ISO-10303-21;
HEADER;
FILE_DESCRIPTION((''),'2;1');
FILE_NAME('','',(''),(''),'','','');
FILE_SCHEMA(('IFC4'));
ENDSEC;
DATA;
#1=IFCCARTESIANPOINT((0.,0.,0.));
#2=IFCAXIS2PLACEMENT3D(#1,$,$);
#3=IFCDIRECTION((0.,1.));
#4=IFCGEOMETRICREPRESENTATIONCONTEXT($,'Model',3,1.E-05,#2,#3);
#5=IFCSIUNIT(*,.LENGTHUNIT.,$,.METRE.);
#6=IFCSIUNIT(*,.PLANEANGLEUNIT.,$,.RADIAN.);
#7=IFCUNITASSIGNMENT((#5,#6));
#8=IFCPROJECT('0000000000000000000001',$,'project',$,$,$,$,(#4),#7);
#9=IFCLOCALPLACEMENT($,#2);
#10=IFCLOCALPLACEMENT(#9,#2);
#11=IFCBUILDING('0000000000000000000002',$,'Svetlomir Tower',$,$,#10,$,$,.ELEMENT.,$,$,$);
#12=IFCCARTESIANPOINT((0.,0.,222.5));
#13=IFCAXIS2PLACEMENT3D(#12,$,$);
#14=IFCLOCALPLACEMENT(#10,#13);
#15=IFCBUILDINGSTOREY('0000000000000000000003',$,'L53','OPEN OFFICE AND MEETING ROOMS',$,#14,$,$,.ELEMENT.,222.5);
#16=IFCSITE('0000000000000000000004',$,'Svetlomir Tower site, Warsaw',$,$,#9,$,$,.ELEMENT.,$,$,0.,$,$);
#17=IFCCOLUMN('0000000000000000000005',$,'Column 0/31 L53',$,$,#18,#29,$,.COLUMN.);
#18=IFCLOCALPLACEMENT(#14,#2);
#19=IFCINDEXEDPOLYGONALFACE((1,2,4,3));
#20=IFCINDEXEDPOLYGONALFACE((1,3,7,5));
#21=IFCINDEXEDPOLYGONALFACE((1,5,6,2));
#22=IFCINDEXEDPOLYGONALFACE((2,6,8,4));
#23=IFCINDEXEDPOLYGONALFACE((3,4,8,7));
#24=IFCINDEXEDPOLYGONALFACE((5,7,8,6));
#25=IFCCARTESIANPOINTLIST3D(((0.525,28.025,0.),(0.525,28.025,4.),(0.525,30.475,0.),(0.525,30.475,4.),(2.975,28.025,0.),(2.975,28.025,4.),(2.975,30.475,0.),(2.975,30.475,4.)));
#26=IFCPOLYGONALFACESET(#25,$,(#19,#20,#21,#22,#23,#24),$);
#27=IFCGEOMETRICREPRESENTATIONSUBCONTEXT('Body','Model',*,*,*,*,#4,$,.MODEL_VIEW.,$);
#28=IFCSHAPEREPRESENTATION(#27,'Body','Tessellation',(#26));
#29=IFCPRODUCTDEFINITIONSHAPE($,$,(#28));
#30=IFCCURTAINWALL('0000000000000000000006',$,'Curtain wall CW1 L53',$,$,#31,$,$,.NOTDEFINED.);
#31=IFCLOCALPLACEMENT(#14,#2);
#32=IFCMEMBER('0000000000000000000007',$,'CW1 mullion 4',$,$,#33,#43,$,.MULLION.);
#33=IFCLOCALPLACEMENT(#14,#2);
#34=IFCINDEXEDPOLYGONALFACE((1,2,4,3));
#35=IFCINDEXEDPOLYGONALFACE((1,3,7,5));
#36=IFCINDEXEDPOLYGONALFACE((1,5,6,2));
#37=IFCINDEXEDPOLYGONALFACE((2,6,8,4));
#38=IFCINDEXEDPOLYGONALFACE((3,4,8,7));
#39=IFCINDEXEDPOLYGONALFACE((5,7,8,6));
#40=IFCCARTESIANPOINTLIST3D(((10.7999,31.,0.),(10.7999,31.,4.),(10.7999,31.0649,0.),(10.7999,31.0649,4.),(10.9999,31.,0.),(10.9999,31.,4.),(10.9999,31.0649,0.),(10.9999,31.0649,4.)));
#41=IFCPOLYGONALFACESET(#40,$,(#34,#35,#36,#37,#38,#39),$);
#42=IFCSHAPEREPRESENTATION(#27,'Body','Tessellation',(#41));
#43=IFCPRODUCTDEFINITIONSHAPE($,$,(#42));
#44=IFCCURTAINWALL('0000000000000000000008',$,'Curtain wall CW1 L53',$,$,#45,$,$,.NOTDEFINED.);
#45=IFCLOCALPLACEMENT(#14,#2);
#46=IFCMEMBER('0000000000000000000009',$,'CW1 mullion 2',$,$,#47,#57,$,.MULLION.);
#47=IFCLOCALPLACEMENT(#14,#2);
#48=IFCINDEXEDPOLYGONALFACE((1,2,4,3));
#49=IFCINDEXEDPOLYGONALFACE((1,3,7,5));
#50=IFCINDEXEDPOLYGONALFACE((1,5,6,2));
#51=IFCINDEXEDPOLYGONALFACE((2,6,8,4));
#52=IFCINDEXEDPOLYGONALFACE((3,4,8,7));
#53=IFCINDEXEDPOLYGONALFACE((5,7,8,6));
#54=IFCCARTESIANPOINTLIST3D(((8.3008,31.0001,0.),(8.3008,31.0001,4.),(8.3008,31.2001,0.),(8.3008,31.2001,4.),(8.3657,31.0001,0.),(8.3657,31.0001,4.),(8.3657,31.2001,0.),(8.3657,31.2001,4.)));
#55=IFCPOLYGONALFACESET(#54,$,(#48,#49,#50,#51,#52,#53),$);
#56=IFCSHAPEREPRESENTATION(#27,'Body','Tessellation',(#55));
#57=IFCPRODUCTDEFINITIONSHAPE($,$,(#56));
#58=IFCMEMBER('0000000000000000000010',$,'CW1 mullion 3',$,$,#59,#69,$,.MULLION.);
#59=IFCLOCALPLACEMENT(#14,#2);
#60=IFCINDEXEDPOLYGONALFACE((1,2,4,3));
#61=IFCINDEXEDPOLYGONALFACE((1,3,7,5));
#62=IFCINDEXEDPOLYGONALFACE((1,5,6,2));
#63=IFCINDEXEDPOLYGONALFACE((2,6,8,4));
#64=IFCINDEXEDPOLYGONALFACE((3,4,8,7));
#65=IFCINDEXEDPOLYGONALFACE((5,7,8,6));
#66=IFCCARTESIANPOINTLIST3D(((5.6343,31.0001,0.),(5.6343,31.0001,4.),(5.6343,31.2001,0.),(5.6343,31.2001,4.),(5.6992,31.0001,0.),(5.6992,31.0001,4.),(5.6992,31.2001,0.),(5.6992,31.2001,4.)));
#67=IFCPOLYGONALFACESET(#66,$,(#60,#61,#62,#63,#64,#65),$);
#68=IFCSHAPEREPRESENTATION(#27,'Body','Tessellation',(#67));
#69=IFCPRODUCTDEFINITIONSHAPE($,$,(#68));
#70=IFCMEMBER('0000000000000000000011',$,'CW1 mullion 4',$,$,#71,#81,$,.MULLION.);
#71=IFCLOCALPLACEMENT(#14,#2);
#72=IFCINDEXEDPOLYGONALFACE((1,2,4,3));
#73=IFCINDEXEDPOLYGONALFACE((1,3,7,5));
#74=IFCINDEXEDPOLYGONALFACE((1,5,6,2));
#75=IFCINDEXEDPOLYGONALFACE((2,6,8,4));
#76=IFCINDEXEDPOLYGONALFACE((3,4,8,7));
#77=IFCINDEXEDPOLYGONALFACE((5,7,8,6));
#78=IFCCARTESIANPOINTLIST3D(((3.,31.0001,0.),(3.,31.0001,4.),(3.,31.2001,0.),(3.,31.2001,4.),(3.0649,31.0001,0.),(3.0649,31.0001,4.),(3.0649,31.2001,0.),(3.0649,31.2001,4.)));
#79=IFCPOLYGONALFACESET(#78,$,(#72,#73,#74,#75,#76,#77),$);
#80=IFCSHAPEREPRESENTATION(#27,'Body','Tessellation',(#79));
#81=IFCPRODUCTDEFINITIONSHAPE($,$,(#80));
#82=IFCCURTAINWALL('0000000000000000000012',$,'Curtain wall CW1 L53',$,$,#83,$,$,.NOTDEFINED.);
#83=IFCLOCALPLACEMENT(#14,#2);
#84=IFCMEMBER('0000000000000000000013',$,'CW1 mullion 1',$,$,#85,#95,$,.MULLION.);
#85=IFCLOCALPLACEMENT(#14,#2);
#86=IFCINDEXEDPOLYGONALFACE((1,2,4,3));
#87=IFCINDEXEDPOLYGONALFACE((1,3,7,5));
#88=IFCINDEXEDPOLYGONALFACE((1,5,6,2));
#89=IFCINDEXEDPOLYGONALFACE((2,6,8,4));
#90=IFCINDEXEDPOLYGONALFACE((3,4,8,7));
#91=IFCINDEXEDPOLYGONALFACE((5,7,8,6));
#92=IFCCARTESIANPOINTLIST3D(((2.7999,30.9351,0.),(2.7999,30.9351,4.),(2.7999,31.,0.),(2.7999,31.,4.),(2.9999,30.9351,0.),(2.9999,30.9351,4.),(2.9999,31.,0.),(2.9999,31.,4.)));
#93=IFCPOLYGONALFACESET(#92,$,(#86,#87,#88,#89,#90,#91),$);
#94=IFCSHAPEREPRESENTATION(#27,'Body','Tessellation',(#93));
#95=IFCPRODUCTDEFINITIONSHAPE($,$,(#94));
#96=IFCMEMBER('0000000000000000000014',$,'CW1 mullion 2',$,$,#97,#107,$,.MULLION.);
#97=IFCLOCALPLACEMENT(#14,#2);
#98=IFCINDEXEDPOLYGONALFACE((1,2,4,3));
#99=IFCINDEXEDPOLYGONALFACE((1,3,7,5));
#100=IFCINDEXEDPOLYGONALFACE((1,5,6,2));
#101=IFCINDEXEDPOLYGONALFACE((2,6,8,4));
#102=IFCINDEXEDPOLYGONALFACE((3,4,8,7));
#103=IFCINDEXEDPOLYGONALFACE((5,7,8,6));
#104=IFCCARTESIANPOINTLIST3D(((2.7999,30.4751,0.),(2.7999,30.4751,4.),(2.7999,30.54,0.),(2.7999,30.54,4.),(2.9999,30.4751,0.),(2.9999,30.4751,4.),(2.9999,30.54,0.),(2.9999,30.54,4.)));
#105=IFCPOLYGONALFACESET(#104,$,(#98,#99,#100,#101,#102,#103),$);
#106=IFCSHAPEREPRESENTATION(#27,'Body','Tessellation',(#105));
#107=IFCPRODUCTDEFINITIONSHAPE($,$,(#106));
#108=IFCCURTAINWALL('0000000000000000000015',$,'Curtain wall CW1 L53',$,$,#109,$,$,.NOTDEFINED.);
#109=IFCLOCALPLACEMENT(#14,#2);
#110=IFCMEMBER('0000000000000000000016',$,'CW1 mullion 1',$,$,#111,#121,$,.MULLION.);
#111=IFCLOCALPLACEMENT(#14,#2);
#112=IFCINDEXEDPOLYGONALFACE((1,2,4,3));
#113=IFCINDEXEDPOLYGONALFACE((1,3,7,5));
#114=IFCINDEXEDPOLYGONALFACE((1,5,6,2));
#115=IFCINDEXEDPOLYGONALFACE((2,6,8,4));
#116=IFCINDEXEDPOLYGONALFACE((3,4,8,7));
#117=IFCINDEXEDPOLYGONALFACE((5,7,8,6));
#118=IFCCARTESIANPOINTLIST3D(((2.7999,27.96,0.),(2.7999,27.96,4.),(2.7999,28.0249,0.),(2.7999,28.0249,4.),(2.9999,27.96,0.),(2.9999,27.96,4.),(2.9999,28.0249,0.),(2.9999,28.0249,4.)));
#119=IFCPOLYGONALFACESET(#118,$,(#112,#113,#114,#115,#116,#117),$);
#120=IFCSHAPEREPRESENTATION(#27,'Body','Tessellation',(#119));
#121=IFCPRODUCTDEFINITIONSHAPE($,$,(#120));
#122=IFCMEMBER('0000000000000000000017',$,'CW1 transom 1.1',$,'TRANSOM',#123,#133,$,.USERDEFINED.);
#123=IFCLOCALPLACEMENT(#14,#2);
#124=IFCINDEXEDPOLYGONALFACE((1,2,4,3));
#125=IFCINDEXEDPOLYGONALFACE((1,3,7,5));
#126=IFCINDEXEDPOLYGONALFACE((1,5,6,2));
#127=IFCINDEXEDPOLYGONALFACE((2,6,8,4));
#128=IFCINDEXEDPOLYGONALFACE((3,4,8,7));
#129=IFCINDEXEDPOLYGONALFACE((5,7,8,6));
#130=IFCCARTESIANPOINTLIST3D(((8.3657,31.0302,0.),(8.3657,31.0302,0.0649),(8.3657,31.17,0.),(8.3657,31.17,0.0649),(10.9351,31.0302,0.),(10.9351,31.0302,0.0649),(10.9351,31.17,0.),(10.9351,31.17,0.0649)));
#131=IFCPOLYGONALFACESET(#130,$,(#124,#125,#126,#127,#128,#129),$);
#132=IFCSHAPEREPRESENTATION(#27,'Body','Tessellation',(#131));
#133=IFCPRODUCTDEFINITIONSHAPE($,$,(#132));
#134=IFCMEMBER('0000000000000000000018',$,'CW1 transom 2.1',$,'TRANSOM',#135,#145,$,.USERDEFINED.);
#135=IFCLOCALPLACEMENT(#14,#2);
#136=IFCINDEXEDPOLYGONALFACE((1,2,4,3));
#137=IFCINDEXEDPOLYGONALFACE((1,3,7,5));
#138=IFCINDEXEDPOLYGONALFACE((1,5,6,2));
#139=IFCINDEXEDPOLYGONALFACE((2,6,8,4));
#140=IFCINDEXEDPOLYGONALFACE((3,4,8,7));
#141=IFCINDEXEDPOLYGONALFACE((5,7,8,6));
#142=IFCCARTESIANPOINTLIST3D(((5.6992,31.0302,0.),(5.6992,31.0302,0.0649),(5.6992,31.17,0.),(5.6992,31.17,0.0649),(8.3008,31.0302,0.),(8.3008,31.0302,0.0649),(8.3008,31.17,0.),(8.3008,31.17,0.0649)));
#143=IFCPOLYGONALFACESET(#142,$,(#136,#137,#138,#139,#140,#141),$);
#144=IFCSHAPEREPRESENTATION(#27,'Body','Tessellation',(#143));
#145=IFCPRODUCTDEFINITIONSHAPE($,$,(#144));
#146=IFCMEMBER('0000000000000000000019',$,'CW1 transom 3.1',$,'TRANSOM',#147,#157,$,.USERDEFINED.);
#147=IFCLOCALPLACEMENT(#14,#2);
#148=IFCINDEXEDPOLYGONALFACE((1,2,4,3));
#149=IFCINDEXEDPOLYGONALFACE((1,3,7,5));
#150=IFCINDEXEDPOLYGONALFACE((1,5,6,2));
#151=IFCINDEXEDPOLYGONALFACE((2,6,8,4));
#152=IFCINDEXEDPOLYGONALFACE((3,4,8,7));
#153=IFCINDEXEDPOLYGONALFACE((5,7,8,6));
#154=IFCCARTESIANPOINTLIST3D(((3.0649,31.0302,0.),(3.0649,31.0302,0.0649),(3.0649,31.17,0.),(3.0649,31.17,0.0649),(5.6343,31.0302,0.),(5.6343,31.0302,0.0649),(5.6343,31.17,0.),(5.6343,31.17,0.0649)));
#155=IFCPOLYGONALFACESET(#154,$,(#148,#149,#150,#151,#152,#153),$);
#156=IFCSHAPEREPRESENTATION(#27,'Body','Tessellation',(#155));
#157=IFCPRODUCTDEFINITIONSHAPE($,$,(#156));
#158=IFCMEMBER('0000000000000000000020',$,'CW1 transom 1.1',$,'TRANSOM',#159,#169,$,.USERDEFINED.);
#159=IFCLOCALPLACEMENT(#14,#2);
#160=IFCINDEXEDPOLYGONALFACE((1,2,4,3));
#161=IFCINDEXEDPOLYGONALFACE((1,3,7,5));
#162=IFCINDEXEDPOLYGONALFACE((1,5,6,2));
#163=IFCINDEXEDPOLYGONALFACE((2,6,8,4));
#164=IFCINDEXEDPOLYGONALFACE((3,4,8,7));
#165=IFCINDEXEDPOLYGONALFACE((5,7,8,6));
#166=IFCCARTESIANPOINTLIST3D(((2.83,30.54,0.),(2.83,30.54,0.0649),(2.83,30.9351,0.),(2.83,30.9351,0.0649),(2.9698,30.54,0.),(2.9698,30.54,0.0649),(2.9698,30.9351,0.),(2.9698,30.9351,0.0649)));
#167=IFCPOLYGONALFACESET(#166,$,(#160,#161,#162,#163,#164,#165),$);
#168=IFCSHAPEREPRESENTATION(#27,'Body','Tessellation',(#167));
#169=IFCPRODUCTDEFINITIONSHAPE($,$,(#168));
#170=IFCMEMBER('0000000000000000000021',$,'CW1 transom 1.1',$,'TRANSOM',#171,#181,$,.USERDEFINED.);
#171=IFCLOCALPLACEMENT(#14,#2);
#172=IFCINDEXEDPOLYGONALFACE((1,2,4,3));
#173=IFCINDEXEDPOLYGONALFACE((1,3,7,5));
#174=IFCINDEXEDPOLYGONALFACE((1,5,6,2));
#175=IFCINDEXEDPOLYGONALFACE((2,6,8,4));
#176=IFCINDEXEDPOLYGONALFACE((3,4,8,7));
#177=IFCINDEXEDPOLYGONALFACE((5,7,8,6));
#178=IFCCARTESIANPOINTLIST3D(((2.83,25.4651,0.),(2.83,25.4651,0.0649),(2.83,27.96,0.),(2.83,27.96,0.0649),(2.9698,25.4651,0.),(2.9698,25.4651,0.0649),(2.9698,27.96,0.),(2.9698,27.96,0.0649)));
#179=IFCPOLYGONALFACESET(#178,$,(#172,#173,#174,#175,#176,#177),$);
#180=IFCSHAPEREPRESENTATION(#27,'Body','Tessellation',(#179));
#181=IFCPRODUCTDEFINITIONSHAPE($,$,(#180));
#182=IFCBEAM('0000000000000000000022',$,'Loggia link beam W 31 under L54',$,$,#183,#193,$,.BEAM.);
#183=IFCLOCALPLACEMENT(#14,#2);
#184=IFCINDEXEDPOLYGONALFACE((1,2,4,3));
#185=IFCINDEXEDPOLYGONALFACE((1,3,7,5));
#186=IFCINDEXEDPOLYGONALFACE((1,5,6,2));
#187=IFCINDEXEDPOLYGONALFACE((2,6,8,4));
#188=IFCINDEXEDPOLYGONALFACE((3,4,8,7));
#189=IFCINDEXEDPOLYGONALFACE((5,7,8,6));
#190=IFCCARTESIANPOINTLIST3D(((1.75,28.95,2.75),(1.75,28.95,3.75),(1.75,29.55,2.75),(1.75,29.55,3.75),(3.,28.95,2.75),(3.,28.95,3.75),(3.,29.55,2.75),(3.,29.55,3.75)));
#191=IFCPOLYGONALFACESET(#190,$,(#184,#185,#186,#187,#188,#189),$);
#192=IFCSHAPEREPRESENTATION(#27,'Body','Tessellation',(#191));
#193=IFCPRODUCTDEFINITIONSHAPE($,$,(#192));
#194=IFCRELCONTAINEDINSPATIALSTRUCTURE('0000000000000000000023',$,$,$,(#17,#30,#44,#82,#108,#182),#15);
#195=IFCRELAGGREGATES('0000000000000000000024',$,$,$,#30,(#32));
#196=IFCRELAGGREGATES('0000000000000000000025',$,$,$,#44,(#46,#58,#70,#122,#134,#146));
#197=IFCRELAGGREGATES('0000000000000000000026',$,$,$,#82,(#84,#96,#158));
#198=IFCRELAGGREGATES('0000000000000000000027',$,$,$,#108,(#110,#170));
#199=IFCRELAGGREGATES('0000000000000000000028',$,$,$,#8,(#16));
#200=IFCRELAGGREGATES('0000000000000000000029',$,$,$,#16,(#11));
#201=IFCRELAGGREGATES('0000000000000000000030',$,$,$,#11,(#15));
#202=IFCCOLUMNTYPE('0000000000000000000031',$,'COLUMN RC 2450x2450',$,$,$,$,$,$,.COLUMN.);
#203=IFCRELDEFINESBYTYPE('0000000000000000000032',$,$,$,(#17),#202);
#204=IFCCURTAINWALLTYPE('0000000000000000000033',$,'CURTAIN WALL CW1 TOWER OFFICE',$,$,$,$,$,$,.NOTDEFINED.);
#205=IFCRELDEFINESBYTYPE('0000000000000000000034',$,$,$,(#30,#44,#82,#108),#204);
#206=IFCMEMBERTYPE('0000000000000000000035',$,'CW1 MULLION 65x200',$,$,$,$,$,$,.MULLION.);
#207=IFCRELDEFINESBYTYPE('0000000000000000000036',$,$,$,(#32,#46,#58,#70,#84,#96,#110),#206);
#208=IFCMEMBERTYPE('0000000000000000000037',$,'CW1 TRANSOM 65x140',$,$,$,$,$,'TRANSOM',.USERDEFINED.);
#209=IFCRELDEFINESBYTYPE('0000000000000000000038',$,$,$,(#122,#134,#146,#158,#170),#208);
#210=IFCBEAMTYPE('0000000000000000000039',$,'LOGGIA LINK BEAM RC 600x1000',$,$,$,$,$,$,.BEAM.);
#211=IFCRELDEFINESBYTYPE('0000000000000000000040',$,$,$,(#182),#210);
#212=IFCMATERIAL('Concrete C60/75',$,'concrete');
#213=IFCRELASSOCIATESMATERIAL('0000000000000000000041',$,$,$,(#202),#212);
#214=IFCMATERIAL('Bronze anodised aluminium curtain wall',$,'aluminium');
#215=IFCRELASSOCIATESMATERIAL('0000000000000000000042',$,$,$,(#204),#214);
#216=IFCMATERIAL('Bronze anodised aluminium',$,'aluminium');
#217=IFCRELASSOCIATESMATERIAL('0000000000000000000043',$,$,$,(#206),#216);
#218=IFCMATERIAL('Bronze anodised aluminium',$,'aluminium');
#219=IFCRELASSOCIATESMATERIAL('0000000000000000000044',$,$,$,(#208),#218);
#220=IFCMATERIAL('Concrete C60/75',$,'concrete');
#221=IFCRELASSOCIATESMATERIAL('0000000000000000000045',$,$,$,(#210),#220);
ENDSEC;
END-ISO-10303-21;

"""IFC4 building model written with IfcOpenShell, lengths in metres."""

from ifc_helpers import new_model, si_unit, direction, frame, origin, origin_2d, place, context, subcontext, project, spatial, rectangle, extrude, material, material_profile, profile_set, type_object, element, aggregate, save


model = new_model("IFC4")

# Units and contexts
model_context = context("Model", 3, precision=1e-05, world=origin(), true_north=direction((0.0, 1.0)))
body_context = subcontext(model_context, "Body", "Model", "MODEL_VIEW")
ifc_project = project(units=[si_unit("LENGTHUNIT", "METRE"), si_unit("PLANEANGLEUNIT", "RADIAN")], contexts=[model_context])

# Site, building, storey
site_placement = place(None, origin())
site = spatial("IfcSite", under=ifc_project, at=site_placement, Name="Svetlomir Tower site, Warsaw", CompositionType="ELEMENT", RefElevation=0.0)
building_placement = place(site_placement, origin())
building = spatial("IfcBuilding", under=site, at=building_placement, Name="Svetlomir Tower", CompositionType="ELEMENT")
storey_placement = place(building_placement, frame((0.0, 0.0, 222.5)))
storey = spatial("IfcBuildingStorey", under=building, at=storey_placement, Name="L53", Description="OPEN OFFICE AND MEETING ROOMS", CompositionType="ELEMENT", Elevation=222.5)

# Column
ifc_material_1 = material(Name="Concrete C60/75", Category="concrete")
ifc_material_profile_1 = material_profile(ifc_material_1, rectangle(XDim=2.45, YDim=2.45, at=origin_2d()), Name="RC 2450x2450")
ifc_profile_set_1 = profile_set([ifc_material_profile_1], Name="Concrete C60/75")
column_type = type_object("IfcColumnType", Name="COLUMN RC 2450x2450", PredefinedType="COLUMN", material=ifc_profile_set_1)
column_placement = place(storey_placement, frame((1.75, 29.25, 0.0), z_axis=(0.0, 0.0, 1.0), x_axis=(1.0, 0.0, 0.0)))
element("IfcColumn", 1, at=column_placement, inside=storey, type_object=column_type, Name="Column 0/31 L53", PredefinedType="COLUMN", context=body_context, shape_type="SweptSolid", body=[
    extrude(rectangle(XDim=2.45, YDim=2.45, at=origin_2d()), origin(), (0.0, 0.0, 1.0), 4.0),
])

# Curtain wall, member
ifc_material_2 = material(Name="Bronze anodised aluminium curtain wall", Category="aluminium")
curtain_wall_type = type_object("IfcCurtainWallType", Name="CURTAIN WALL CW1 TOWER OFFICE", PredefinedType="NOTDEFINED", material=ifc_material_2)
curtain_wall_1_placement = place(storey_placement, origin())
curtain_wall_1 = element("IfcCurtainWall", 2, at=curtain_wall_1_placement, inside=storey, type_object=curtain_wall_type, Name="Curtain wall CW1 L53", PredefinedType="NOTDEFINED")
ifc_material_3 = material(Name="Bronze anodised aluminium", Category="aluminium")
ifc_material_profile_2 = material_profile(ifc_material_3, rectangle(XDim=0.0649, YDim=0.2, at=origin_2d()), Name="AL 65x200")
ifc_profile_set_2 = profile_set([ifc_material_profile_2], Name="Bronze anodised aluminium 6063-T6")
member_type_1 = type_object("IfcMemberType", Name="CW1 MULLION 65x200", PredefinedType="MULLION", material=ifc_profile_set_2)
member_1_placement = place(storey_placement, frame((10.8999, 31.0325, 0.0), z_axis=(0.0, 0.0, 1.0), x_axis=(0.0, -1.0, 0.0)))
member_1 = element("IfcMember", 3, at=member_1_placement, type_object=member_type_1, Name="CW1 mullion 4", PredefinedType="MULLION", context=body_context, shape_type="SweptSolid", body=[
    extrude(rectangle(XDim=0.0649, YDim=0.2, at=origin_2d()), origin(), (0.0, 0.0, 1.0), 4.0),
])
aggregate(curtain_wall_1, [member_1])

# Curtain walls, members
curtain_wall_2_placement = place(storey_placement, origin())
curtain_wall_2 = element("IfcCurtainWall", 4, at=curtain_wall_2_placement, inside=storey, type_object=curtain_wall_type, Name="Curtain wall CW1 L53", PredefinedType="NOTDEFINED")
member_2_placement = place(storey_placement, frame((8.3333, 31.1001, 0.0), z_axis=(0.0, 0.0, 1.0), x_axis=(-1.0, 0.0, 0.0)))
member_2 = element("IfcMember", 5, at=member_2_placement, type_object=member_type_1, Name="CW1 mullion 2", PredefinedType="MULLION", context=body_context, shape_type="SweptSolid", body=[
    extrude(rectangle(XDim=0.0649, YDim=0.2, at=origin_2d()), origin(), (0.0, 0.0, 1.0), 4.0),
])
member_3_placement = place(storey_placement, frame((5.6667, 31.1001, 0.0), z_axis=(0.0, 0.0, 1.0), x_axis=(-1.0, 0.0, 0.0)))
member_3 = element("IfcMember", 6, at=member_3_placement, type_object=member_type_1, Name="CW1 mullion 3", PredefinedType="MULLION", context=body_context, shape_type="SweptSolid", body=[
    extrude(rectangle(XDim=0.0649, YDim=0.2, at=origin_2d()), origin(), (0.0, 0.0, 1.0), 4.0),
])
member_4_placement = place(storey_placement, frame((3.0325, 31.1001, 0.0), z_axis=(0.0, 0.0, 1.0), x_axis=(-1.0, 0.0, 0.0)))
member_4 = element("IfcMember", 7, at=member_4_placement, type_object=member_type_1, Name="CW1 mullion 4", PredefinedType="MULLION", context=body_context, shape_type="SweptSolid", body=[
    extrude(rectangle(XDim=0.0649, YDim=0.2, at=origin_2d()), origin(), (0.0, 0.0, 1.0), 4.0),
])
curtain_wall_3_placement = place(storey_placement, origin())
curtain_wall_3 = element("IfcCurtainWall", 8, at=curtain_wall_3_placement, inside=storey, type_object=curtain_wall_type, Name="Curtain wall CW1 L53", PredefinedType="NOTDEFINED")
member_5_placement = place(storey_placement, frame((2.8999, 30.9675, 0.0), z_axis=(0.0, 0.0, 1.0), x_axis=(0.0, -1.0, 0.0)))
member_5 = element("IfcMember", 9, at=member_5_placement, type_object=member_type_1, Name="CW1 mullion 1", PredefinedType="MULLION", context=body_context, shape_type="SweptSolid", body=[
    extrude(rectangle(XDim=0.0649, YDim=0.2, at=origin_2d()), origin(), (0.0, 0.0, 1.0), 4.0),
])
member_6_placement = place(storey_placement, frame((2.8999, 30.5076, 0.0), z_axis=(0.0, 0.0, 1.0), x_axis=(0.0, -1.0, 0.0)))
member_6 = element("IfcMember", 10, at=member_6_placement, type_object=member_type_1, Name="CW1 mullion 2", PredefinedType="MULLION", context=body_context, shape_type="SweptSolid", body=[
    extrude(rectangle(XDim=0.0649, YDim=0.2, at=origin_2d()), origin(), (0.0, 0.0, 1.0), 4.0),
])

# Curtain wall, member
curtain_wall_4_placement = place(storey_placement, origin())
curtain_wall_4 = element("IfcCurtainWall", 11, at=curtain_wall_4_placement, inside=storey, type_object=curtain_wall_type, Name="Curtain wall CW1 L53", PredefinedType="NOTDEFINED")
member_7_placement = place(storey_placement, frame((2.8999, 27.9924, 0.0), z_axis=(0.0, 0.0, 1.0), x_axis=(0.0, -1.0, 0.0)))
member_7 = element("IfcMember", 12, at=member_7_placement, type_object=member_type_1, Name="CW1 mullion 1", PredefinedType="MULLION", context=body_context, shape_type="SweptSolid", body=[
    extrude(rectangle(XDim=0.0649, YDim=0.2, at=origin_2d()), origin(), (0.0, 0.0, 1.0), 4.0),
])

# Members
ifc_material_4 = material(Name="Bronze anodised aluminium", Category="aluminium")
ifc_material_profile_3 = material_profile(ifc_material_4, rectangle(XDim=0.1399, YDim=0.0649, at=origin_2d()), Name="AL 140x65")
ifc_profile_set_3 = profile_set([ifc_material_profile_3], Name="Bronze anodised aluminium 6063-T6")
member_type_2 = type_object("IfcMemberType", Name="CW1 TRANSOM 65x140", ElementType="TRANSOM", PredefinedType="USERDEFINED", material=ifc_profile_set_3)
member_8_placement = place(storey_placement, frame((10.9351, 31.1001, 0.0325), z_axis=(-1.0, 0.0, 0.0), x_axis=(0.0, -1.0, 0.0)))
member_8 = element("IfcMember", 13, at=member_8_placement, type_object=member_type_2, Name="CW1 transom 1.1", ObjectType="TRANSOM", PredefinedType="USERDEFINED", context=body_context, shape_type="SweptSolid", body=[
    extrude(rectangle(XDim=0.1399, YDim=0.0649, at=origin_2d()), origin(), (0.0, 0.0, 1.0), 2.5693),
])
member_9_placement = place(storey_placement, frame((8.3008, 31.1001, 0.0325), z_axis=(-1.0, 0.0, 0.0), x_axis=(0.0, -1.0, 0.0)))
member_9 = element("IfcMember", 14, at=member_9_placement, type_object=member_type_2, Name="CW1 transom 2.1", ObjectType="TRANSOM", PredefinedType="USERDEFINED", context=body_context, shape_type="SweptSolid", body=[
    extrude(rectangle(XDim=0.1399, YDim=0.0649, at=origin_2d()), origin(), (0.0, 0.0, 1.0), 2.6016),
])
member_10_placement = place(storey_placement, frame((5.6343, 31.1001, 0.0325), z_axis=(-1.0, 0.0, 0.0), x_axis=(0.0, -1.0, 0.0)))
member_10 = element("IfcMember", 15, at=member_10_placement, type_object=member_type_2, Name="CW1 transom 3.1", ObjectType="TRANSOM", PredefinedType="USERDEFINED", context=body_context, shape_type="SweptSolid", body=[
    extrude(rectangle(XDim=0.1399, YDim=0.0649, at=origin_2d()), origin(), (0.0, 0.0, 1.0), 2.5693),
])
member_11_placement = place(storey_placement, frame((2.8999, 30.9351, 0.0325), z_axis=(0.0, -1.0, 0.0), x_axis=(1.0, 0.0, 0.0)))
member_11 = element("IfcMember", 16, at=member_11_placement, type_object=member_type_2, Name="CW1 transom 1.1", ObjectType="TRANSOM", PredefinedType="USERDEFINED", context=body_context, shape_type="SweptSolid", body=[
    extrude(rectangle(XDim=0.1399, YDim=0.0649, at=origin_2d()), origin(), (0.0, 0.0, 1.0), 0.395),
])
member_12_placement = place(storey_placement, frame((2.8999, 27.96, 0.0325), z_axis=(0.0, -1.0, 0.0), x_axis=(1.0, 0.0, 0.0)))
member_12 = element("IfcMember", 17, at=member_12_placement, type_object=member_type_2, Name="CW1 transom 1.1", ObjectType="TRANSOM", PredefinedType="USERDEFINED", context=body_context, shape_type="SweptSolid", body=[
    extrude(rectangle(XDim=0.1399, YDim=0.0649, at=origin_2d()), origin(), (0.0, 0.0, 1.0), 2.4949),
])

# Beam
ifc_material_5 = material(Name="Concrete C60/75", Category="concrete")
ifc_material_profile_4 = material_profile(ifc_material_5, rectangle(XDim=0.6001, YDim=1.0, at=origin_2d()), Name="RC 600x1000")
ifc_profile_set_4 = profile_set([ifc_material_profile_4], Name="Concrete C60/75")
beam_type = type_object("IfcBeamType", Name="LOGGIA LINK BEAM RC 600x1000", PredefinedType="BEAM", material=ifc_profile_set_4)
beam_placement = place(storey_placement, frame((1.75, 29.25, 3.25), z_axis=(1.0, 0.0, 0.0), x_axis=(0.0, 1.0, 0.0)))
element("IfcBeam", 18, at=beam_placement, inside=storey, type_object=beam_type, Name="Loggia link beam W 31 under L54", PredefinedType="BEAM", context=body_context, shape_type="SweptSolid", body=[
    extrude(rectangle(XDim=0.6001, YDim=1.0, at=origin_2d()), origin(), (0.0, 0.0, 1.0), 1.25),
])

aggregate(curtain_wall_2, [member_2, member_3, member_4, member_8, member_9, member_10])
aggregate(curtain_wall_3, [member_5, member_6, member_11])
aggregate(curtain_wall_4, [member_7, member_12])

save(model, "model.ifc")
